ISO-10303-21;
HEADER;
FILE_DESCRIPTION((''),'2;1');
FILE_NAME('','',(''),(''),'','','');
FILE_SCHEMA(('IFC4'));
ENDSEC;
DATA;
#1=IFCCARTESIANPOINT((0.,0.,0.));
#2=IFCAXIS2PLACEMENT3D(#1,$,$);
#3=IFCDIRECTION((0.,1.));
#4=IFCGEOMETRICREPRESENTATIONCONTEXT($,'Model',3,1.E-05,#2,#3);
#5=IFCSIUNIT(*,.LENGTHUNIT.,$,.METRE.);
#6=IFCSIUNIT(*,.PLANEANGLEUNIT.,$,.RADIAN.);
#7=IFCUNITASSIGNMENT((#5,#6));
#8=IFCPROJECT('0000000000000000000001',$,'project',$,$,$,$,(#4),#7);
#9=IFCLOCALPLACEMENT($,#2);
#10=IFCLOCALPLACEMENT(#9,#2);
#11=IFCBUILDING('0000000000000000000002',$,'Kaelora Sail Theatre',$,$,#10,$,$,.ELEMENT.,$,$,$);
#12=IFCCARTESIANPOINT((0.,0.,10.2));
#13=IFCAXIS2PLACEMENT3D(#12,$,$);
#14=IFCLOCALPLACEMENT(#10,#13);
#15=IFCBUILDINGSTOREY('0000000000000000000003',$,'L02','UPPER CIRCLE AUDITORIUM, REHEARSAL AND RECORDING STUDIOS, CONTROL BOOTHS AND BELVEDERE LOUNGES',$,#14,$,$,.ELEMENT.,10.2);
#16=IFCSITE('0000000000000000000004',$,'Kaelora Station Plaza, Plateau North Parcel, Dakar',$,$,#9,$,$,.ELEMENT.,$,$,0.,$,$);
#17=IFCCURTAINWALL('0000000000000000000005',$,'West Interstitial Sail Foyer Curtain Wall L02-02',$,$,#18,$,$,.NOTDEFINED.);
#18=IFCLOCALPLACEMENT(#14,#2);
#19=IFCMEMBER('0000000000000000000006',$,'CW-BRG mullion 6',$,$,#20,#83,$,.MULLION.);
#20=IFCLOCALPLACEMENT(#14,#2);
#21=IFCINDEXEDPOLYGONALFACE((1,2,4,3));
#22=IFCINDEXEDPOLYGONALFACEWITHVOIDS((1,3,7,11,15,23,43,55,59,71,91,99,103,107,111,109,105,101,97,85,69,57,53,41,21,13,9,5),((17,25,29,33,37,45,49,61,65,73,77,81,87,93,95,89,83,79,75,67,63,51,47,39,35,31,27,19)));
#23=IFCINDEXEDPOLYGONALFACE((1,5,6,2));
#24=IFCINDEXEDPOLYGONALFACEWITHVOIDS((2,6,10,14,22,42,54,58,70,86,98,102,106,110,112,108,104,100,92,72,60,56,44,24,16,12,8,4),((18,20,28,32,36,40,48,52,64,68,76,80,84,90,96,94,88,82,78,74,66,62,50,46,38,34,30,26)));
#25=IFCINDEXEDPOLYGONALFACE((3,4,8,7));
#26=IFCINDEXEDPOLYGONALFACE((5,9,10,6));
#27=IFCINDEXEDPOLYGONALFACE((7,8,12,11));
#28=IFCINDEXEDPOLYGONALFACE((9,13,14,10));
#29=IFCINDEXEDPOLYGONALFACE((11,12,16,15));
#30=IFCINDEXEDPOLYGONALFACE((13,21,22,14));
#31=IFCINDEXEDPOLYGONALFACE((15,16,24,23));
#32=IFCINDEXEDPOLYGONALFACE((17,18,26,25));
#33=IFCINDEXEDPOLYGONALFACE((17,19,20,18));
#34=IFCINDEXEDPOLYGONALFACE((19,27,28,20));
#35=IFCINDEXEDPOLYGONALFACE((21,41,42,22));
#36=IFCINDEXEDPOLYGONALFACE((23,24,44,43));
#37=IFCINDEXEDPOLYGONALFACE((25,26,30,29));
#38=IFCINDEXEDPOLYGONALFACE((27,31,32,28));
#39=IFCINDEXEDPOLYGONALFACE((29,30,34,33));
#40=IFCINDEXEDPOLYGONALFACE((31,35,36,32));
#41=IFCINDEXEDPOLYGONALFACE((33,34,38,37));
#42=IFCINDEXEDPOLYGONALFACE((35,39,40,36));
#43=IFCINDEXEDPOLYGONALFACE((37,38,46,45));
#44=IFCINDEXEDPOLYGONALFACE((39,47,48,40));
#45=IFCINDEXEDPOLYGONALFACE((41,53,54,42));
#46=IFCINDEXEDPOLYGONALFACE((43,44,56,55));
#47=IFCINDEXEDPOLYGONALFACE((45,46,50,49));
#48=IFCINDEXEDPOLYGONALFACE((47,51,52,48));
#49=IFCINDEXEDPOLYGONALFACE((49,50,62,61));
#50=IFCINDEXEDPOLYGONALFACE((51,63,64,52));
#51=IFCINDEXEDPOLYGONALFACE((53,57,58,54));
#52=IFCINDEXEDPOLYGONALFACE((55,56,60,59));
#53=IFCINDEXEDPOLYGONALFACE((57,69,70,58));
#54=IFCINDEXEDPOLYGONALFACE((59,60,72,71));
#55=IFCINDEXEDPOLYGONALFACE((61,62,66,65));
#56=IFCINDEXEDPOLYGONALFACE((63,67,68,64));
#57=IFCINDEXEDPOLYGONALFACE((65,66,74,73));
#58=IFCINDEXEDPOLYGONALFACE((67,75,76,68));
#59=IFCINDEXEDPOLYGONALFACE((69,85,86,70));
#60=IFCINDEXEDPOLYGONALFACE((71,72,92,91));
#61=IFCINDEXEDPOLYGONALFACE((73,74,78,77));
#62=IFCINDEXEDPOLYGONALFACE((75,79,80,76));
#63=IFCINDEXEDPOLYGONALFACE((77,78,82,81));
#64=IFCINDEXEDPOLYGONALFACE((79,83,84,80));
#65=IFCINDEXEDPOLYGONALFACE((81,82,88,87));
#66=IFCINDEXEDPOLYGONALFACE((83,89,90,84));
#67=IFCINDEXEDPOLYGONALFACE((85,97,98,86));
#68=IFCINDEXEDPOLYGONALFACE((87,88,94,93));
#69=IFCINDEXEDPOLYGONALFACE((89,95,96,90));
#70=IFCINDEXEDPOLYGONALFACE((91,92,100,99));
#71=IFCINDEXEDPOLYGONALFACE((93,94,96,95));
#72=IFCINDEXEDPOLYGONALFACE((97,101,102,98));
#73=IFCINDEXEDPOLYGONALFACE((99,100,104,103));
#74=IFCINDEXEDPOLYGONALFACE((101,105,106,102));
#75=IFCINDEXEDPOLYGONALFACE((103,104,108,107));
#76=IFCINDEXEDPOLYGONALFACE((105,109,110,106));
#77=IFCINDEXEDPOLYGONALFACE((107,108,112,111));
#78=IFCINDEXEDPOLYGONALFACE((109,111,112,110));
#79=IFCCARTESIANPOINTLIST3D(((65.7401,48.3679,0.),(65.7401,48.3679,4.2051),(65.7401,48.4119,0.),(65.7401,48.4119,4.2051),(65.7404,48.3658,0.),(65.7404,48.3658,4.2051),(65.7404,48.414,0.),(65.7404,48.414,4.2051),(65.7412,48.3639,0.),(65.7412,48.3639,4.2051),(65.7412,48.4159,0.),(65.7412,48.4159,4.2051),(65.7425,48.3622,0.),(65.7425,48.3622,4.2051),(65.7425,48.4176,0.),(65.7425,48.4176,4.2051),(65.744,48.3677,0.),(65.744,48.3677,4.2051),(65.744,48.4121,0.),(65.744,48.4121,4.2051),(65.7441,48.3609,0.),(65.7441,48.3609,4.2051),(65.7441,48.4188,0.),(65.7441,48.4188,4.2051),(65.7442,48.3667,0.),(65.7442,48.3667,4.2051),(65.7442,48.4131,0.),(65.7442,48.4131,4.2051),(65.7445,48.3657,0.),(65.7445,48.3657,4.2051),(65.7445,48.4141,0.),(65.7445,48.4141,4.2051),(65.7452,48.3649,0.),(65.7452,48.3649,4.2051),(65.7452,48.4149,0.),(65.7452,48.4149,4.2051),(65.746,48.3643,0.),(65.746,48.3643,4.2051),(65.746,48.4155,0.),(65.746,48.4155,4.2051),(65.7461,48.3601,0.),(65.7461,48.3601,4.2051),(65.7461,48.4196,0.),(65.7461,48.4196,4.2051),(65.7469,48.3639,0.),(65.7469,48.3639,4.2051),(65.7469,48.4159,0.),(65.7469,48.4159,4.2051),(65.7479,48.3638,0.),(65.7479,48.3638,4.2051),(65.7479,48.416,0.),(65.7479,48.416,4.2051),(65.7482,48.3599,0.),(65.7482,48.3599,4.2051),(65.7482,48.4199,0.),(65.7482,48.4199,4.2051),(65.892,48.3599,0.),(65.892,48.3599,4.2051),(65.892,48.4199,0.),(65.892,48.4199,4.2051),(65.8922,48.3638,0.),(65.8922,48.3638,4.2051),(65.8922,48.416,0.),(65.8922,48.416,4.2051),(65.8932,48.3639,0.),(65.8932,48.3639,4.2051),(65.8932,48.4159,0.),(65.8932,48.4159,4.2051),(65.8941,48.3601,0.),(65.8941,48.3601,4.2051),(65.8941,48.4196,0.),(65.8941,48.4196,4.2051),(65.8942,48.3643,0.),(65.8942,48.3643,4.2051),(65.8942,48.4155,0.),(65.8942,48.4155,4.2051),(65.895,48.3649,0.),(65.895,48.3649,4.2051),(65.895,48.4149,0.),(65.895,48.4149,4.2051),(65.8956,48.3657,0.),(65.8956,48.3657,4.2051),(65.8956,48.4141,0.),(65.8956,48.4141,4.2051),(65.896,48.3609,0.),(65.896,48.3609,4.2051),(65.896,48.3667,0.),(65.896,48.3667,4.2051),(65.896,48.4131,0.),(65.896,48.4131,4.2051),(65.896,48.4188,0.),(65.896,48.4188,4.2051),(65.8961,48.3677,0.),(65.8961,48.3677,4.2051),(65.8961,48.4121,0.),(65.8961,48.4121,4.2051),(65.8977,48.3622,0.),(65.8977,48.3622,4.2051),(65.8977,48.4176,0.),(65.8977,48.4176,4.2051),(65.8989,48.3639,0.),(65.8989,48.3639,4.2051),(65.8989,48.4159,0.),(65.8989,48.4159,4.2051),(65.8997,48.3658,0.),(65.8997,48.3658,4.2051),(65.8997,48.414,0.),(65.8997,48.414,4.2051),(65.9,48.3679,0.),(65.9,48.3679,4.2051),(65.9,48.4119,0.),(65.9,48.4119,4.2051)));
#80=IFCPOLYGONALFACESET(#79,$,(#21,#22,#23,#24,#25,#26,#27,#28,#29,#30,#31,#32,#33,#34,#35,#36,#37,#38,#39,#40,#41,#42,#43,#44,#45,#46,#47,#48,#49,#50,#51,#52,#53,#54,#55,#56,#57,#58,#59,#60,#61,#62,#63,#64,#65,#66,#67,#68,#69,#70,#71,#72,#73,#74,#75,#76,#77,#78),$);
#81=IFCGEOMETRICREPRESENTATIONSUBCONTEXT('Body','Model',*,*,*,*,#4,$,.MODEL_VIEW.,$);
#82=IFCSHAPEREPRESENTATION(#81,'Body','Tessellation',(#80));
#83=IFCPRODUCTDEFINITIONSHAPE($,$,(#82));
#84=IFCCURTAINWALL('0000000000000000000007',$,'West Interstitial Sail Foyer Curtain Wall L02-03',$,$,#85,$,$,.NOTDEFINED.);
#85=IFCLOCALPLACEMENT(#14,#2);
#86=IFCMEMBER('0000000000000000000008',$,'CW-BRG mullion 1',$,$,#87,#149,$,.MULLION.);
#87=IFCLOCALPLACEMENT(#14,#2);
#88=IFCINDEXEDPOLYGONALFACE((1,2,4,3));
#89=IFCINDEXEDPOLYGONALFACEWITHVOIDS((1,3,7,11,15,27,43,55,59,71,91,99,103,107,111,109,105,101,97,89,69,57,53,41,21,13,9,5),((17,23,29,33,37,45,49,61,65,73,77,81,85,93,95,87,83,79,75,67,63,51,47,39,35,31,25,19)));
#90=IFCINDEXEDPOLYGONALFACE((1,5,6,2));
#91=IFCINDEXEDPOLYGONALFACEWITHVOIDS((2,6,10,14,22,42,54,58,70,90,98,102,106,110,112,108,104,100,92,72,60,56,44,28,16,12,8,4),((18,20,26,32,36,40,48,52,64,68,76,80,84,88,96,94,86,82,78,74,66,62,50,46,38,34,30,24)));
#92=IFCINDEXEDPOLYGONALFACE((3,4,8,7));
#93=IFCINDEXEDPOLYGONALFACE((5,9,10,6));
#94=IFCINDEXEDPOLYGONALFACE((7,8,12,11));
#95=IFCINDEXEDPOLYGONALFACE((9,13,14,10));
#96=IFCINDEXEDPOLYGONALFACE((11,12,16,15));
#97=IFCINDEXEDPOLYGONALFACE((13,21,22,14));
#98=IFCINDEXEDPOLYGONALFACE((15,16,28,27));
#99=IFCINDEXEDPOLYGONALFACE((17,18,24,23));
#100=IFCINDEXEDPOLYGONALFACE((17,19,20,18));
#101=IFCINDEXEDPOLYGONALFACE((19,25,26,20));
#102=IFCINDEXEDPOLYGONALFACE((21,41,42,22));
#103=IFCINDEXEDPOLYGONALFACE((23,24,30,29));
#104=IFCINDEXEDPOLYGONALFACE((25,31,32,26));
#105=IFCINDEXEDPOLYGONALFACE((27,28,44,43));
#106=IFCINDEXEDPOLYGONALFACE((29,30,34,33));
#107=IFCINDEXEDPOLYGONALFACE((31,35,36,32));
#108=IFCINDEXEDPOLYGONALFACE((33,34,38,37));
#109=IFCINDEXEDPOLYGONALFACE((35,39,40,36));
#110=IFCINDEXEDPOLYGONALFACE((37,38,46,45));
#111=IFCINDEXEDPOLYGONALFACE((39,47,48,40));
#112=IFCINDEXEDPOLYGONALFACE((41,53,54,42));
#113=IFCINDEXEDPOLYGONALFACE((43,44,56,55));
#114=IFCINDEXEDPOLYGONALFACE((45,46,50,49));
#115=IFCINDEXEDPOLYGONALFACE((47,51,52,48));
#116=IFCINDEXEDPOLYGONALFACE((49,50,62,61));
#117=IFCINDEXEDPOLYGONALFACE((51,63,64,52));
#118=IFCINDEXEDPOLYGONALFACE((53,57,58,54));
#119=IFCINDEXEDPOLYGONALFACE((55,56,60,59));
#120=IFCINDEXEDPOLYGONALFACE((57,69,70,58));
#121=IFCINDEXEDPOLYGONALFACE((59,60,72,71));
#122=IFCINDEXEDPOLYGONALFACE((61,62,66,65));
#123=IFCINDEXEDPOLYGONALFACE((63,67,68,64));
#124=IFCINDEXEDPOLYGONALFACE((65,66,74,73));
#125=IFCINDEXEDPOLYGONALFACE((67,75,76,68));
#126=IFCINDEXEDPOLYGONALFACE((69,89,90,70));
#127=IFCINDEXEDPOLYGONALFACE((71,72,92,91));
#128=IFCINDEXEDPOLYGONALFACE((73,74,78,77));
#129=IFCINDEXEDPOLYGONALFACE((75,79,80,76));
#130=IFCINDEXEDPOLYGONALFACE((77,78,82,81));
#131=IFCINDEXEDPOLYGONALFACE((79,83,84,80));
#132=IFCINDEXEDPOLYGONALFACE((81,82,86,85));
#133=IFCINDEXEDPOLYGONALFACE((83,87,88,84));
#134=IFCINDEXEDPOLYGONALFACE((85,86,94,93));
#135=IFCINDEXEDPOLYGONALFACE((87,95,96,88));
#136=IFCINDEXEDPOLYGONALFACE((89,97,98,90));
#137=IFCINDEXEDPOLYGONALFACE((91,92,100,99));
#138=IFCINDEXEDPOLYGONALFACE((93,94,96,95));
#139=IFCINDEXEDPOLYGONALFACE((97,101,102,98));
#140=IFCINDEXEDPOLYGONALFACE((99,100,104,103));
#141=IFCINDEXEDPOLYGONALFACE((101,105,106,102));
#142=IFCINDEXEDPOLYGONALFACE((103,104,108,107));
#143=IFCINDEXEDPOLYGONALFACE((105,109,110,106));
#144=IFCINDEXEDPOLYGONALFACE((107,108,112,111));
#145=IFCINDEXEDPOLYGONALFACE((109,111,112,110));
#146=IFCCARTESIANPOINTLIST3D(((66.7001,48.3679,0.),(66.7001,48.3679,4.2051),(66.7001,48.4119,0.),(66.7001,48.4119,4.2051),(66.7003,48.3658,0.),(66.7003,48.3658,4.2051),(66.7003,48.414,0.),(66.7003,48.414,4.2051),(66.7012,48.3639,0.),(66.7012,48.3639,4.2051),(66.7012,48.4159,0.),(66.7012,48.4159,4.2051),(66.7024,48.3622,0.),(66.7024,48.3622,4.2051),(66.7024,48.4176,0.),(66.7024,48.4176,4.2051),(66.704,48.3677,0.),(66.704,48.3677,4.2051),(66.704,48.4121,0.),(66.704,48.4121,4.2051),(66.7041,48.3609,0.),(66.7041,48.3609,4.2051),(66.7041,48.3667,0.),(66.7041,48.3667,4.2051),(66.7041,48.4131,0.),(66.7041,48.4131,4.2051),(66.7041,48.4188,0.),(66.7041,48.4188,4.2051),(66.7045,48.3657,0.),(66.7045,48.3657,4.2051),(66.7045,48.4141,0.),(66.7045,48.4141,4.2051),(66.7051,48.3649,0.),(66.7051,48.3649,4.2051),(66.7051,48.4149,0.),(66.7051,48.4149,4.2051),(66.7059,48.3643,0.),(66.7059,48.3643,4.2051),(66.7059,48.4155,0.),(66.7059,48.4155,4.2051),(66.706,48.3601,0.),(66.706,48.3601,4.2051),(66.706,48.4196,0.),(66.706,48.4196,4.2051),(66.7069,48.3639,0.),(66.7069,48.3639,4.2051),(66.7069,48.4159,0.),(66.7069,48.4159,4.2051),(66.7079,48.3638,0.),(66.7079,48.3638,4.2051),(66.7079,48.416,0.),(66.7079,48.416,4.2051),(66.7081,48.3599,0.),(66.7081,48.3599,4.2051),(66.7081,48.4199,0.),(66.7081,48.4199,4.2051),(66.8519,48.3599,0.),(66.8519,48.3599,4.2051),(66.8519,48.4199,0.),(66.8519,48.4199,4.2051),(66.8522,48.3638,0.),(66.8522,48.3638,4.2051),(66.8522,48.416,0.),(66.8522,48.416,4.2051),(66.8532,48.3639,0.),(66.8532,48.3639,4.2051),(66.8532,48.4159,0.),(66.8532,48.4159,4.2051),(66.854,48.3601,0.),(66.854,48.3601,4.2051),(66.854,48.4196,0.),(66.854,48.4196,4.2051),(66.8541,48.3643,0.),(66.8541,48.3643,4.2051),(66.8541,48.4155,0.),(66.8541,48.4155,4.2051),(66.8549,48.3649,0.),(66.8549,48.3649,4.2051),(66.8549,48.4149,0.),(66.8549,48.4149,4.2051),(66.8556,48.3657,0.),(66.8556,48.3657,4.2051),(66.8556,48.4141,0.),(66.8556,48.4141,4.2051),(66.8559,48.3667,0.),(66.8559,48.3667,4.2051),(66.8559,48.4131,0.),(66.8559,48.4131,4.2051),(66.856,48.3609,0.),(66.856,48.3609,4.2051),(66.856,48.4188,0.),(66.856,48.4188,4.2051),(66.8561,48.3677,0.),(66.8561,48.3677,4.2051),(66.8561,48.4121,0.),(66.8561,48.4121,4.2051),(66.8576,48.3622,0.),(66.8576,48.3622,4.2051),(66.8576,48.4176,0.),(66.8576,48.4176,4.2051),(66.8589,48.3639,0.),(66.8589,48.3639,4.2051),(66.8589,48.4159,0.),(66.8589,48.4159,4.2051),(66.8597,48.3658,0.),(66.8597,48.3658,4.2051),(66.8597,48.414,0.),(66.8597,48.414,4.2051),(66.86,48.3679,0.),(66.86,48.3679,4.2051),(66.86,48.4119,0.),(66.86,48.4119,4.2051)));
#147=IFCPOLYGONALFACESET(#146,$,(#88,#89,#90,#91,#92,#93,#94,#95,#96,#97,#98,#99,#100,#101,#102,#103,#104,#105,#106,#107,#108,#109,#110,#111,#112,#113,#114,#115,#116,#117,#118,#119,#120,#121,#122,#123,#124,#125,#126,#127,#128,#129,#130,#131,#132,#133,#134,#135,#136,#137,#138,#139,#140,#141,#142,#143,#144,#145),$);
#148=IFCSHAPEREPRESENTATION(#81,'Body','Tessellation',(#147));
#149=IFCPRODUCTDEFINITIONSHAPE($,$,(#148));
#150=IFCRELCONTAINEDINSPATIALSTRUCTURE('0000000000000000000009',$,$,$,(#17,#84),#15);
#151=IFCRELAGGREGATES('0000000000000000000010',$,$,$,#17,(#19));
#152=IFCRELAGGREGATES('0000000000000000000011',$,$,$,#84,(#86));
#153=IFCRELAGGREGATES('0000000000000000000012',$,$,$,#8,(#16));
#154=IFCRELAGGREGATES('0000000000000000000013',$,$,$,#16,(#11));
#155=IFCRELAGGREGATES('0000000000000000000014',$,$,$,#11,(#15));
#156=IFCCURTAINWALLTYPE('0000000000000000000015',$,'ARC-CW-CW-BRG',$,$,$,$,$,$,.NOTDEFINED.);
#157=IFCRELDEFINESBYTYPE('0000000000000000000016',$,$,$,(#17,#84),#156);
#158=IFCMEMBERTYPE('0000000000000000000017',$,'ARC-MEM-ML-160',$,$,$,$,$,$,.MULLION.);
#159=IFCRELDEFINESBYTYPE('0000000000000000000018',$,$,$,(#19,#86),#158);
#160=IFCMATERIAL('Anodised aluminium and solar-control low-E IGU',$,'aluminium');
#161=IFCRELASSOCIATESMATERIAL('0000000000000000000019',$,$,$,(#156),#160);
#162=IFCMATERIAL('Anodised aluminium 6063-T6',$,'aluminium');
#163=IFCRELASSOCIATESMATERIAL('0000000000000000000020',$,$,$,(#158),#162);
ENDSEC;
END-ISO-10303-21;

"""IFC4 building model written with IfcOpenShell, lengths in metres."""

from ifc_helpers import new_model, si_unit, direction, frame, origin, origin_2d, place, context, subcontext, project, spatial, hollow_rectangle, extrude, material, material_profile, profile_set, type_object, element, aggregate, save


model = new_model("IFC4")

# Units and contexts
model_context = context("Model", 3, precision=1e-05, world=origin(), true_north=direction((0.0, 1.0)))
body_context = subcontext(model_context, "Body", "Model", "MODEL_VIEW")
ifc_project = project(units=[si_unit("LENGTHUNIT", "METRE"), si_unit("PLANEANGLEUNIT", "RADIAN")], contexts=[model_context])

# Site, building, storey
site_placement = place(None, origin())
site = spatial("IfcSite", under=ifc_project, at=site_placement, Name="Kaelora Station Plaza, Plateau North Parcel, Dakar", CompositionType="ELEMENT", RefElevation=0.0)
building_placement = place(site_placement, origin())
building = spatial("IfcBuilding", under=site, at=building_placement, Name="Kaelora Sail Theatre", CompositionType="ELEMENT")
storey_placement = place(building_placement, frame((0.0, 0.0, 10.2)))
storey = spatial("IfcBuildingStorey", under=building, at=storey_placement, Name="L02", Description="UPPER CIRCLE AUDITORIUM, REHEARSAL AND RECORDING STUDIOS, CONTROL BOOTHS AND BELVEDERE LOUNGES", CompositionType="ELEMENT", Elevation=10.2)

# Curtain wall, member
ifc_material_1 = material(Name="Anodised aluminium and solar-control low-E IGU", Category="aluminium")
curtain_wall_type = type_object("IfcCurtainWallType", Name="ARC-CW-CW-BRG", PredefinedType="NOTDEFINED", material=ifc_material_1)
curtain_wall_1_placement = place(storey_placement, origin())
curtain_wall_1 = element("IfcCurtainWall", 1, at=curtain_wall_1_placement, inside=storey, type_object=curtain_wall_type, Name="West Interstitial Sail Foyer Curtain Wall L02-02", PredefinedType="NOTDEFINED")
ifc_material_2 = material(Name="Anodised aluminium 6063-T6", Category="aluminium")
ifc_material_profile_1 = material_profile(ifc_material_2, hollow_rectangle(XDim=0.0601, YDim=0.1599, WallThickness=0.0039, InnerFilletRadius=0.0039, OuterFilletRadius=0.0081, at=origin_2d()), Name="ALU-MULL 60x160x4")
ifc_profile_set_1 = profile_set([ifc_material_profile_1], Name="Anodised aluminium 6063-T6")
member_type_1 = type_object("IfcMemberType", Name="ARC-MEM-ML-160", PredefinedType="MULLION", material=ifc_profile_set_1)
member_1_placement = place(storey_placement, frame((65.8201, 48.3899, 0.0), z_axis=(0.0, 0.0, 1.0), x_axis=(0.0, 1.0, 0.0)))
member_1 = element("IfcMember", 2, at=member_1_placement, type_object=member_type_1, Name="CW-BRG mullion 6", PredefinedType="MULLION", context=body_context, shape_type="SweptSolid", body=[
    extrude(hollow_rectangle(XDim=0.0601, YDim=0.1599, WallThickness=0.0039, InnerFilletRadius=0.0039, OuterFilletRadius=0.0081, at=origin_2d()), origin(), (0.0, 0.0, 1.0), 4.2051),
])

# Curtain wall, member
curtain_wall_2_placement = place(storey_placement, origin())
curtain_wall_2 = element("IfcCurtainWall", 3, at=curtain_wall_2_placement, inside=storey, type_object=curtain_wall_type, Name="West Interstitial Sail Foyer Curtain Wall L02-03", PredefinedType="NOTDEFINED")
member_2_placement = place(storey_placement, frame((66.78, 48.3899, 0.0), z_axis=(0.0, 0.0, 1.0), x_axis=(0.0, 1.0, 0.0)))
member_2 = element("IfcMember", 4, at=member_2_placement, type_object=member_type_1, Name="CW-BRG mullion 1", PredefinedType="MULLION", context=body_context, shape_type="SweptSolid", body=[
    extrude(hollow_rectangle(XDim=0.0601, YDim=0.1599, WallThickness=0.0039, InnerFilletRadius=0.0039, OuterFilletRadius=0.0081, at=origin_2d()), origin(), (0.0, 0.0, 1.0), 4.2051),
])

aggregate(curtain_wall_1, [member_1])
aggregate(curtain_wall_2, [member_2])

save(model, "model.ifc")
